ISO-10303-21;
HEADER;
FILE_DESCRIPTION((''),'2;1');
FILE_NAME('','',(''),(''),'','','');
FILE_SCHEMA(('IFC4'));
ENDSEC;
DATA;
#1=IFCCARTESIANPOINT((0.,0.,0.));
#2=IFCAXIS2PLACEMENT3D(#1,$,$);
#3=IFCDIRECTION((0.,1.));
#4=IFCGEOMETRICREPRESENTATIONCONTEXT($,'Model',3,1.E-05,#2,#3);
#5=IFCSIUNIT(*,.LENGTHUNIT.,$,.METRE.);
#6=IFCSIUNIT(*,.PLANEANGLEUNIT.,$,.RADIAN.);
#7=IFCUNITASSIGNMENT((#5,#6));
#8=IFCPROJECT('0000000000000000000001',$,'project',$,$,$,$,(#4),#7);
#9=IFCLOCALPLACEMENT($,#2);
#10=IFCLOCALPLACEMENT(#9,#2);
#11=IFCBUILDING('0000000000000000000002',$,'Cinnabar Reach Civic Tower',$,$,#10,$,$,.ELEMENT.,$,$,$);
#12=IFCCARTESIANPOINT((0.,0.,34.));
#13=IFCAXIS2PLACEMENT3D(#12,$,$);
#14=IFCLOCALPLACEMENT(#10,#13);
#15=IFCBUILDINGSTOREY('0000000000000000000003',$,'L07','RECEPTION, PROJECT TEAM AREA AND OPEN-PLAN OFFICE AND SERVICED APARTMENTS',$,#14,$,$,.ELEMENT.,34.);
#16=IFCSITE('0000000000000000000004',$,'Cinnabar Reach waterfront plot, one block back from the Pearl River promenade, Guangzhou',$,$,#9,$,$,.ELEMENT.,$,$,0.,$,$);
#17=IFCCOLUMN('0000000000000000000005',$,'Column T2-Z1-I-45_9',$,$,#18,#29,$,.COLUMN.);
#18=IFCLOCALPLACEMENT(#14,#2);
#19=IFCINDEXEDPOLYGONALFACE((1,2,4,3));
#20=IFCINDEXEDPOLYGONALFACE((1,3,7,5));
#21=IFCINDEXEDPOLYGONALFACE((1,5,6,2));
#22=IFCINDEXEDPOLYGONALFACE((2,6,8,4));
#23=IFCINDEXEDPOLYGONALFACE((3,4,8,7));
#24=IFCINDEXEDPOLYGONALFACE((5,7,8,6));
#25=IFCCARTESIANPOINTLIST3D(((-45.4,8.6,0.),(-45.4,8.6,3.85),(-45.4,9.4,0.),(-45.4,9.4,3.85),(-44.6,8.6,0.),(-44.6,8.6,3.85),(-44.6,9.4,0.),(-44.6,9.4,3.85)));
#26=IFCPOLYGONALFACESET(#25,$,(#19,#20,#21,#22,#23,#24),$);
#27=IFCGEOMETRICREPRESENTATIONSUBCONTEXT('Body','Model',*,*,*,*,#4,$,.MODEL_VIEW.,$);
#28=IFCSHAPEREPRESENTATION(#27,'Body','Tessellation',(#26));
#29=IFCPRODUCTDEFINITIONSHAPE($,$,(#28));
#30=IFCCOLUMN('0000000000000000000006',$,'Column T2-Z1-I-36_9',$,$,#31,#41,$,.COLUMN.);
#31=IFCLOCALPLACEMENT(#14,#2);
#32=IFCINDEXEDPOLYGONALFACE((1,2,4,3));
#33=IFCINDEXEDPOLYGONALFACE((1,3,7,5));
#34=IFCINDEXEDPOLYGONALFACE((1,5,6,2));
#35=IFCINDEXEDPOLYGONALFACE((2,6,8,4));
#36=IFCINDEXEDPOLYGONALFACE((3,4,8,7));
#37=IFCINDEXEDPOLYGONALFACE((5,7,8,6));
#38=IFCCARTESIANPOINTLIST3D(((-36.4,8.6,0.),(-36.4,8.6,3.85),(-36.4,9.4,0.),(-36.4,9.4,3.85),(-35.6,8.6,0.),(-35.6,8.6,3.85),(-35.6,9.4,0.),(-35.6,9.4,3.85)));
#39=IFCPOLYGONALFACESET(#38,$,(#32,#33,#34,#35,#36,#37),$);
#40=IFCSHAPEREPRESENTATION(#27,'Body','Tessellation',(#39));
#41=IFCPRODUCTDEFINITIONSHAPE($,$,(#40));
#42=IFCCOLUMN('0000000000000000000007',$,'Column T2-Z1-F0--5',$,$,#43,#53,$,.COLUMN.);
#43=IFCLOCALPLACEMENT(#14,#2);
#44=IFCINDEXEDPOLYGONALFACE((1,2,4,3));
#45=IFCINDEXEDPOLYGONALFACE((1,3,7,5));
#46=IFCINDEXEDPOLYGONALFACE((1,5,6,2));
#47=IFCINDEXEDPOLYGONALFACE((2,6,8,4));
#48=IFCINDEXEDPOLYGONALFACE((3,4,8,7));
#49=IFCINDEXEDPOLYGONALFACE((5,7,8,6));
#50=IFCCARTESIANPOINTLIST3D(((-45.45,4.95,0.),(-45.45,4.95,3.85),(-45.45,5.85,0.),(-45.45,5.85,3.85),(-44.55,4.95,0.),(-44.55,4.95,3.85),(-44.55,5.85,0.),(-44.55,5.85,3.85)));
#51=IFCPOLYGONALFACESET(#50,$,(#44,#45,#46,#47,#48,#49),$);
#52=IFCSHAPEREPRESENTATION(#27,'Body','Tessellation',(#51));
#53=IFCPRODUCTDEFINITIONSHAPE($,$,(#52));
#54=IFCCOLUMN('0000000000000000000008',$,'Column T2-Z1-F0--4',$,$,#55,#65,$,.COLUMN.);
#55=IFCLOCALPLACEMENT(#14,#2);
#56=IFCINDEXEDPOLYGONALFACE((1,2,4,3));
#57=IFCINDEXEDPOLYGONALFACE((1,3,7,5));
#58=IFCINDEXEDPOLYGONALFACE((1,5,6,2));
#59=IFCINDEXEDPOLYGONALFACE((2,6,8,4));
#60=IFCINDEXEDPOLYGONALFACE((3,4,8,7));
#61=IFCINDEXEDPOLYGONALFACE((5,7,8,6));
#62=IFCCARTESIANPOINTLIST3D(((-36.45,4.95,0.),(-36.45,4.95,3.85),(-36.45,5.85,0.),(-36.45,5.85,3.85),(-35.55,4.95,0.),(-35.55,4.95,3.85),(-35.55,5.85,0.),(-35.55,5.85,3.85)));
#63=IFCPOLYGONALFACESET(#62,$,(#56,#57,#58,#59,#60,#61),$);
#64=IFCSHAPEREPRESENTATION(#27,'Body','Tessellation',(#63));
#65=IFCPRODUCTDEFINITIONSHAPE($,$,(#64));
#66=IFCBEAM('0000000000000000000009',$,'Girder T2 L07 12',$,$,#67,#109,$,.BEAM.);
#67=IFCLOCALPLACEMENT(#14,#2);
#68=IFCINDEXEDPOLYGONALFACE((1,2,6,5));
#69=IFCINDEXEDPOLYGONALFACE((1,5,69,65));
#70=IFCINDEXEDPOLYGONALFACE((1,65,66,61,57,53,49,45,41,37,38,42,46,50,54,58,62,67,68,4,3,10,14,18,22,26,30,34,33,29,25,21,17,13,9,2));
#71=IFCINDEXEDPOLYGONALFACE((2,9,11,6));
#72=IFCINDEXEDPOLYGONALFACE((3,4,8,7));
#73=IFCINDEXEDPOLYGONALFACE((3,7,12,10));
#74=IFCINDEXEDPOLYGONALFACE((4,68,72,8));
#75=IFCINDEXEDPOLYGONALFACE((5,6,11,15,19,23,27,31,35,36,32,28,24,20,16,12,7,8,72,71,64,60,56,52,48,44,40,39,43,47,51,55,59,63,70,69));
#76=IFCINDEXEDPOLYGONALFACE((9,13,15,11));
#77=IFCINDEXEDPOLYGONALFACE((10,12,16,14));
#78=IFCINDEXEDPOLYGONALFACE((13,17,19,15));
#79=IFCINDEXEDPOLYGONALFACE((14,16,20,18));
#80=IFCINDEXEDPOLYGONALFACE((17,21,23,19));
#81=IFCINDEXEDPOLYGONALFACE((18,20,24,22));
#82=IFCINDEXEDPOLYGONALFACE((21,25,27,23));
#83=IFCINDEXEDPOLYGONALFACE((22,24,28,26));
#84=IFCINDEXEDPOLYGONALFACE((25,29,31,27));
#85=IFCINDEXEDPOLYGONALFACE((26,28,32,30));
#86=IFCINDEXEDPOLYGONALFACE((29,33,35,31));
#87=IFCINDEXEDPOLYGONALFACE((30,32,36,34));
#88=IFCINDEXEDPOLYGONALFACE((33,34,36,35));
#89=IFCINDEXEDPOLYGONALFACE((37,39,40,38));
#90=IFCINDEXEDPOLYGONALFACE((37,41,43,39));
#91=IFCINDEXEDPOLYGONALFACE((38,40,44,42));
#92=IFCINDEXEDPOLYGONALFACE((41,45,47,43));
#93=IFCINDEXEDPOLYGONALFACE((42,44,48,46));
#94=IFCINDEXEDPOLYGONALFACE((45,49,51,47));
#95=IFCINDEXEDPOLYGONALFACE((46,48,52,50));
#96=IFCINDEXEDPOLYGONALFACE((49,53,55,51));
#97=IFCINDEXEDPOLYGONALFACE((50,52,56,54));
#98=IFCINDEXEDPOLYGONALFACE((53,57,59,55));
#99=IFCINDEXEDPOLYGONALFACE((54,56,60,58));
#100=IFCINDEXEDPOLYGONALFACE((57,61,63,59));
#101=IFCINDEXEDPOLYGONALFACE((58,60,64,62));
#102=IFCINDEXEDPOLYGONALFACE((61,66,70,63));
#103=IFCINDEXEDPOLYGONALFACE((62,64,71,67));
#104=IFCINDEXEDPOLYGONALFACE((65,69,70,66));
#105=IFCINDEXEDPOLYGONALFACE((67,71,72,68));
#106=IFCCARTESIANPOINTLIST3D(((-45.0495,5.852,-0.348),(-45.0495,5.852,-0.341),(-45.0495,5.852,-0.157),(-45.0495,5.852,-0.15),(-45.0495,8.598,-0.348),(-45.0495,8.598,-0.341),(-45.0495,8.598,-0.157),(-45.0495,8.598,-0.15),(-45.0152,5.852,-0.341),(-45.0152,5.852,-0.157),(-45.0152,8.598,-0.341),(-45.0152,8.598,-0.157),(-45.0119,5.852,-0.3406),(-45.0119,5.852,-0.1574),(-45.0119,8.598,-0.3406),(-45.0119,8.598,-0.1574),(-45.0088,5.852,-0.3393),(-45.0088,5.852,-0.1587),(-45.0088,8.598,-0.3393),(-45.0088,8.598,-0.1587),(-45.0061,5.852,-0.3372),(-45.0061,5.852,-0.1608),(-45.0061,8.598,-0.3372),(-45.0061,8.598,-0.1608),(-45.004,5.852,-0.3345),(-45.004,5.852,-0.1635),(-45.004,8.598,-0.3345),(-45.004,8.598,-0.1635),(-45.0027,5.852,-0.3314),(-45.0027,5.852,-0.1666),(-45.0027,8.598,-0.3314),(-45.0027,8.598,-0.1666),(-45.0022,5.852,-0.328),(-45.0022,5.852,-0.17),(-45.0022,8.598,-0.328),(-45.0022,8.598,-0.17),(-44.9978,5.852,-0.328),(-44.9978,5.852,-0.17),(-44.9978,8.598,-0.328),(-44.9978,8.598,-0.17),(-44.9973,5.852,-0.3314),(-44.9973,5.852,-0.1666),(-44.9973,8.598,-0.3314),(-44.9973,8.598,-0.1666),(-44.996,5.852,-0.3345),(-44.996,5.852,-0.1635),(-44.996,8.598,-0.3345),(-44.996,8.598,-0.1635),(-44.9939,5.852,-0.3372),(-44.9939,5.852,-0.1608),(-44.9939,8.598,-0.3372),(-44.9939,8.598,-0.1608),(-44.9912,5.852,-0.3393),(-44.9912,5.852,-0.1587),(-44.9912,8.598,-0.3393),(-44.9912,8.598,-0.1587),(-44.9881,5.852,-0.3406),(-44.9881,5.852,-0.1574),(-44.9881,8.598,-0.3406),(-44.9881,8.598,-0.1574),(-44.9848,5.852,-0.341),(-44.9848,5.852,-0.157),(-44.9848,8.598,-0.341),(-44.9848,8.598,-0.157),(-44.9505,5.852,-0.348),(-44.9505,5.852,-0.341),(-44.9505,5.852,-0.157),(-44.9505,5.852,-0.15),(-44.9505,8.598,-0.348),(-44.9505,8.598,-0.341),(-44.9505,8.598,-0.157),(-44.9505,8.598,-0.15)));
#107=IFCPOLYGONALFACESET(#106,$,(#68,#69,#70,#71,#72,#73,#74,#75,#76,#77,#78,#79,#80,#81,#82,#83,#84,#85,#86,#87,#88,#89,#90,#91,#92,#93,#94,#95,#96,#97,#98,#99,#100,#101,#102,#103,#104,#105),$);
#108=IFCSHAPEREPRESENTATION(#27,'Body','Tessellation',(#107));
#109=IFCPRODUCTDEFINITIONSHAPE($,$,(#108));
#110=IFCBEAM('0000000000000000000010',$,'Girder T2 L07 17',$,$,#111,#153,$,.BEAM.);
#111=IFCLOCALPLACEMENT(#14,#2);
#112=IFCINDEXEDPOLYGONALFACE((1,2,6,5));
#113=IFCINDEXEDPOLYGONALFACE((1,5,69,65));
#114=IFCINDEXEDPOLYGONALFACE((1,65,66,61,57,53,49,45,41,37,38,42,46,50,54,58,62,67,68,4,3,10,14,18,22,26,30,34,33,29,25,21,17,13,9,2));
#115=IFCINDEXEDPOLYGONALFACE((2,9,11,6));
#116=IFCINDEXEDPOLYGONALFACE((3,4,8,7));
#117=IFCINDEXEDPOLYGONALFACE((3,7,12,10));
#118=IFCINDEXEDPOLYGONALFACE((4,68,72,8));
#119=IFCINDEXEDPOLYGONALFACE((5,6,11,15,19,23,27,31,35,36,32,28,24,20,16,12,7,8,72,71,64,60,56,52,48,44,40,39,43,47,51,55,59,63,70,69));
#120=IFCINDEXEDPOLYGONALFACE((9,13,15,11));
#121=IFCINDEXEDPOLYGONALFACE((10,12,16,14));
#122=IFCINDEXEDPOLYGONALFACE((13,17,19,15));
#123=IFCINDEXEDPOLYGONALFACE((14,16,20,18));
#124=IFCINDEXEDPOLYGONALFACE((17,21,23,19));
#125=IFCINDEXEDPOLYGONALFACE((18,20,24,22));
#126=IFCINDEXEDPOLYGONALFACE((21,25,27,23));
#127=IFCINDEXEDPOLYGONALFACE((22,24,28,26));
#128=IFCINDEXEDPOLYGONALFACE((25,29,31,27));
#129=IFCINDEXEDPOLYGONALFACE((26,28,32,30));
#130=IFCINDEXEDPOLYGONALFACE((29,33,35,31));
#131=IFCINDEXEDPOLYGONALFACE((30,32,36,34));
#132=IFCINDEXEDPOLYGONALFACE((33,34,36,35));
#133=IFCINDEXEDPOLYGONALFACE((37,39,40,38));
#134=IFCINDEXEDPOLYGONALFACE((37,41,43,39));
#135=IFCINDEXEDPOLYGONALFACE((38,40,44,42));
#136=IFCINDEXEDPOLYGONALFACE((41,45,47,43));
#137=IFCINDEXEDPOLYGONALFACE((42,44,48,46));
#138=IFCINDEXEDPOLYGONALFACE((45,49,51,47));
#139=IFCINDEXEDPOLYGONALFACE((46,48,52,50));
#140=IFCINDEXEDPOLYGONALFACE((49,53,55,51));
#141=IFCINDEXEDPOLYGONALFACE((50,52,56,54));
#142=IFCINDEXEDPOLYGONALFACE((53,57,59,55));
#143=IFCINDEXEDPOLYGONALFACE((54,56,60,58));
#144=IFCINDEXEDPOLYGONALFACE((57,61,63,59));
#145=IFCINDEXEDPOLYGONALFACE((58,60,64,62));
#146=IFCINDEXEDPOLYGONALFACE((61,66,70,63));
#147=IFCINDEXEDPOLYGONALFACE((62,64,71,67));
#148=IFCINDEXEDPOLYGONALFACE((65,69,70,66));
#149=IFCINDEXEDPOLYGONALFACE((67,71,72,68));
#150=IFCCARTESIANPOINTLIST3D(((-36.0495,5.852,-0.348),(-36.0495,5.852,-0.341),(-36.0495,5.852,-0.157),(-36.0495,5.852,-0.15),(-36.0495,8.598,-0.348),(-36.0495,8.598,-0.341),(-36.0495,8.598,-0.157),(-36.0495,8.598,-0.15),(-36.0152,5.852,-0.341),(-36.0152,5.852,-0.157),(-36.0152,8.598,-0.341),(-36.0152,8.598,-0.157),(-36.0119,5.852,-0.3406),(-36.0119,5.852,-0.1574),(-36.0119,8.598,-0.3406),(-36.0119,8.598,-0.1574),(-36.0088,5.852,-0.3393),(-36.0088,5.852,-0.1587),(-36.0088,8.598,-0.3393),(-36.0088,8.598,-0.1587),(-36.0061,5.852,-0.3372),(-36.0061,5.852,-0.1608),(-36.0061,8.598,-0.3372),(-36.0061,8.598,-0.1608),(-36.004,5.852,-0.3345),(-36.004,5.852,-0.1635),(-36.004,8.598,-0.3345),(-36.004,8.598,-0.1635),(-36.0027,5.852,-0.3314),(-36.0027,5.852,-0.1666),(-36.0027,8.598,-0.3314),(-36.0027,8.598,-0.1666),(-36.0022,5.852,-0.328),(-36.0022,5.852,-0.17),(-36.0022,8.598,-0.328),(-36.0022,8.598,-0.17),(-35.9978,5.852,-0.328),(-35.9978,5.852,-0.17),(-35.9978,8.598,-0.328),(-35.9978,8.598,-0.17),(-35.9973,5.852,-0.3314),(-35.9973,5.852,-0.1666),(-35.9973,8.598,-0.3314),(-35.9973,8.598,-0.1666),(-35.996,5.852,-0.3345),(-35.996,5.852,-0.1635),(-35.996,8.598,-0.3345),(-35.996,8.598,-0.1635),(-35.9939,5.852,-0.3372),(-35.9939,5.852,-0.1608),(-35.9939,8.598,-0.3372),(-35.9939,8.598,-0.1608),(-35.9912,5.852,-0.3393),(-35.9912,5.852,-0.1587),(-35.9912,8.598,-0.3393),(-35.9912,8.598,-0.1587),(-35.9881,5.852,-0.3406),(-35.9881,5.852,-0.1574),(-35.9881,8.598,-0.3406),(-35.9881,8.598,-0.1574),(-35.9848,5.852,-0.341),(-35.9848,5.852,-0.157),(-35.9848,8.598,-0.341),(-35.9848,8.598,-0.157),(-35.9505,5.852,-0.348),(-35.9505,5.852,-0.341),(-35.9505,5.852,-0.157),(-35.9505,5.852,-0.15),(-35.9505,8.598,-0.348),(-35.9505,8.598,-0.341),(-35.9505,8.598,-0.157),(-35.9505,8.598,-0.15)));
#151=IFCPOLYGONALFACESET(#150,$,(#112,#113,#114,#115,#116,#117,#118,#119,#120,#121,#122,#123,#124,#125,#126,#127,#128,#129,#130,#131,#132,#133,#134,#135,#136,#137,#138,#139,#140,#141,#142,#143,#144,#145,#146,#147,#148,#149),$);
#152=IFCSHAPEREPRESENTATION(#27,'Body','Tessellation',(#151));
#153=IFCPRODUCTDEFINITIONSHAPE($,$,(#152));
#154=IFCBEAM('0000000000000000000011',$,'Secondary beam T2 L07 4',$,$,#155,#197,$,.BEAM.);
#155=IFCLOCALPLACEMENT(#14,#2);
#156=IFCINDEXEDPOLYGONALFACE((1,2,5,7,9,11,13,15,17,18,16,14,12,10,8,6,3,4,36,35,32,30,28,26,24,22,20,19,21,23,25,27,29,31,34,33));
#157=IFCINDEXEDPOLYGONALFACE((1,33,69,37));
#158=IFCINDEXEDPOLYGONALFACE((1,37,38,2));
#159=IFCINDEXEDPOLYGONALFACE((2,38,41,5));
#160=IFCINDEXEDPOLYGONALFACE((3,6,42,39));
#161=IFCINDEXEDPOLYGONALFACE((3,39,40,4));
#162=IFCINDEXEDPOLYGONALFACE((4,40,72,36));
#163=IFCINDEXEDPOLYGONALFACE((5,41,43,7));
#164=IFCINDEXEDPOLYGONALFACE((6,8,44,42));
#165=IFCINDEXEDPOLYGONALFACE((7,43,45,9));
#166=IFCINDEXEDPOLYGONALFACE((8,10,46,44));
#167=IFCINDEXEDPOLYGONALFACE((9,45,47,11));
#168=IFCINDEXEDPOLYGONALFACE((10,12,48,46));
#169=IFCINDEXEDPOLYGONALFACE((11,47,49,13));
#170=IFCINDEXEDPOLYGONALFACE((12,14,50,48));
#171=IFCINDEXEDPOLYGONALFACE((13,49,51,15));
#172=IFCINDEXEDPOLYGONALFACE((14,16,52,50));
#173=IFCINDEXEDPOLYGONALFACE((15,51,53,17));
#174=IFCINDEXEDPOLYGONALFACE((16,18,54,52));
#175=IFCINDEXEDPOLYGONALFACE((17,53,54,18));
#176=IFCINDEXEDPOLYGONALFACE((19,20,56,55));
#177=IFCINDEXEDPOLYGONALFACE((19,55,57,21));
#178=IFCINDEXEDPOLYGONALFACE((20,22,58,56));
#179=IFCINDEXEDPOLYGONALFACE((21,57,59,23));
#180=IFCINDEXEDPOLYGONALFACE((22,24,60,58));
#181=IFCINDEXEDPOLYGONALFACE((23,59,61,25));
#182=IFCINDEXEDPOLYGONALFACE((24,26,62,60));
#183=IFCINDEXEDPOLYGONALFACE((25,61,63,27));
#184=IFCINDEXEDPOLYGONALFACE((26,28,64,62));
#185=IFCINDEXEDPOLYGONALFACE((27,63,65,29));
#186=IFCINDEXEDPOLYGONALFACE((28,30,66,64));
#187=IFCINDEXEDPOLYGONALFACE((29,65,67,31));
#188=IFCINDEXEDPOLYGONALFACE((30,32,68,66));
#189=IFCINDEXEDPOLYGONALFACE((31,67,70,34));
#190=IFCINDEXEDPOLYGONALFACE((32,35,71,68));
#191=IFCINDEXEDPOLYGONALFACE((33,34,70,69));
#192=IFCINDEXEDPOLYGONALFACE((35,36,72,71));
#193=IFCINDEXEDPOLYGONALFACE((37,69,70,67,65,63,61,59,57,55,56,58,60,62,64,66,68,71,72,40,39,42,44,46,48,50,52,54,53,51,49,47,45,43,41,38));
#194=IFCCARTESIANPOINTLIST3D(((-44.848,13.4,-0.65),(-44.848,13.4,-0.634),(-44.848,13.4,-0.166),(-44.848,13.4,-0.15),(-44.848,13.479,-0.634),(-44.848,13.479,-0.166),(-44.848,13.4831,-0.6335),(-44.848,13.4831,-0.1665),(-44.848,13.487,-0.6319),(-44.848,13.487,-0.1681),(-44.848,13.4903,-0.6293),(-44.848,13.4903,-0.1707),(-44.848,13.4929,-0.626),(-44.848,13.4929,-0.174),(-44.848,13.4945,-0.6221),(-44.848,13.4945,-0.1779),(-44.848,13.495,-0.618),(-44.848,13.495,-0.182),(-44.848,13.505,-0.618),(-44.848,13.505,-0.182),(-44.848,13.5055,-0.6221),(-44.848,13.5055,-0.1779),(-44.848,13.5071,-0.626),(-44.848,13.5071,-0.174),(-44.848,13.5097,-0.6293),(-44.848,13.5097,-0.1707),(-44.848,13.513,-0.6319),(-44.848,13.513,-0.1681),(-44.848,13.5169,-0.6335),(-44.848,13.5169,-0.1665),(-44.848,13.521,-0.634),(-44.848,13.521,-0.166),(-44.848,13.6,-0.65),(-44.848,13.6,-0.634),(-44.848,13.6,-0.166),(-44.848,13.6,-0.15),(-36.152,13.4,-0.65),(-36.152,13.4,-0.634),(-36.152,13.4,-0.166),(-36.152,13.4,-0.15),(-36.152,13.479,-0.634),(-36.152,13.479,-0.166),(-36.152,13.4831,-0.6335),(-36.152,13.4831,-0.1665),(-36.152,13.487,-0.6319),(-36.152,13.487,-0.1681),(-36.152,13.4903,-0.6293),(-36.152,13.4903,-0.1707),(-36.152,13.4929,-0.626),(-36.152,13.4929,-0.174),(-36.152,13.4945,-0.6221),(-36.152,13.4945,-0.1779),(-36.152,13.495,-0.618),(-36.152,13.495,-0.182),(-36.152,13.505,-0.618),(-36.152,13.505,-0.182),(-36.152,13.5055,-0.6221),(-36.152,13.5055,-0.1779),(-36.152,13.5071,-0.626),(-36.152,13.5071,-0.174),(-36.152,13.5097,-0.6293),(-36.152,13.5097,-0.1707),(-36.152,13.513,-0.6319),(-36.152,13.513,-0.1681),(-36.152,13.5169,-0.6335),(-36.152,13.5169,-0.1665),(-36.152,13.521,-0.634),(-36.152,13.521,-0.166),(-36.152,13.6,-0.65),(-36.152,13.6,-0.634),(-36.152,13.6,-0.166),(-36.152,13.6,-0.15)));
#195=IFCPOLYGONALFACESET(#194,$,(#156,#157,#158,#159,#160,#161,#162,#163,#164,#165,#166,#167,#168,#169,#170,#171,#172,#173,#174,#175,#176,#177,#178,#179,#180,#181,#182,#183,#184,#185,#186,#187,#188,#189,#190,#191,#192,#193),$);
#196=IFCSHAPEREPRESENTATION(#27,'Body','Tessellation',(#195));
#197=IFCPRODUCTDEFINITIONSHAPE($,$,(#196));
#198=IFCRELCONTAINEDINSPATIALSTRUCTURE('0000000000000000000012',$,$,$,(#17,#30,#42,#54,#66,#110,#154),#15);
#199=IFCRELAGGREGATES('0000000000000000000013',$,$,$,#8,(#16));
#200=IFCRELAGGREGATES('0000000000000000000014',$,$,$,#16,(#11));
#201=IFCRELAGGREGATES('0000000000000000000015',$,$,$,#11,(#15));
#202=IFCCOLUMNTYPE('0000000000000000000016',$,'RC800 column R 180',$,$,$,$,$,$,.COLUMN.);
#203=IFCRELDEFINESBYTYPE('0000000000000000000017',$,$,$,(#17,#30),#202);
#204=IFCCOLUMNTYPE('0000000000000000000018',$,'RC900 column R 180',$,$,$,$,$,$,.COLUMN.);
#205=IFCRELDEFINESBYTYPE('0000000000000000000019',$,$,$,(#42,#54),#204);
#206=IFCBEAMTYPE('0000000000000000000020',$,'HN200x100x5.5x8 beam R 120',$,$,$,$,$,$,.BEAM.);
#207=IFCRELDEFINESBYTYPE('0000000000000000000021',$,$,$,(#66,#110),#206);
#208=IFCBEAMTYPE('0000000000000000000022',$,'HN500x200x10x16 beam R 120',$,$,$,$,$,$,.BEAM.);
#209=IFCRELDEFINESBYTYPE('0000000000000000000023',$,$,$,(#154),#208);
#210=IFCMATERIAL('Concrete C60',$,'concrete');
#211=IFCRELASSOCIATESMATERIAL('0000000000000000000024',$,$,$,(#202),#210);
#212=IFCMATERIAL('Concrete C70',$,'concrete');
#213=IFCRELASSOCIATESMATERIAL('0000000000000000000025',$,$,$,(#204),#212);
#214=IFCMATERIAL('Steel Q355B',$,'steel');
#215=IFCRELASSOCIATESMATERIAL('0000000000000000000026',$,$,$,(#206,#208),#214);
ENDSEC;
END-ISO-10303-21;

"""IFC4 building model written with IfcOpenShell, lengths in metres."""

from ifc_helpers import new_model, si_unit, direction, frame, origin, origin_2d, place, context, subcontext, project, spatial, rectangle, i_section, extrude, material, material_profile, profile_set, type_object, element, save


model = new_model("IFC4")

# Units and contexts
model_context = context("Model", 3, precision=1e-05, world=origin(), true_north=direction((0.0, 1.0)))
body_context = subcontext(model_context, "Body", "Model", "MODEL_VIEW")
ifc_project = project(units=[si_unit("LENGTHUNIT", "METRE"), si_unit("PLANEANGLEUNIT", "RADIAN")], contexts=[model_context])

# Site, building, storey
site_placement = place(None, origin())
site = spatial("IfcSite", under=ifc_project, at=site_placement, Name="Cinnabar Reach waterfront plot, one block back from the Pearl River promenade, Guangzhou", CompositionType="ELEMENT", RefElevation=0.0)
building_placement = place(site_placement, origin())
building = spatial("IfcBuilding", under=site, at=building_placement, Name="Cinnabar Reach Civic Tower", CompositionType="ELEMENT")
storey_placement = place(building_placement, frame((0.0, 0.0, 34.0)))
storey = spatial("IfcBuildingStorey", under=building, at=storey_placement, Name="L07", Description="RECEPTION, PROJECT TEAM AREA AND OPEN-PLAN OFFICE AND SERVICED APARTMENTS", CompositionType="ELEMENT", Elevation=34.0)

# Columns
ifc_material_1 = material(Name="Concrete C60", Category="concrete")
ifc_material_profile_1 = material_profile(ifc_material_1, rectangle(XDim=0.8, YDim=0.8, at=origin_2d()), Name="RC800")
ifc_profile_set_1 = profile_set([ifc_material_profile_1], Name="Concrete C60")
column_type_1 = type_object("IfcColumnType", Name="RC800 column R 180", PredefinedType="COLUMN", material=ifc_profile_set_1)
for number, where, z_axis, x_axis, name in (
    (1, (-45.0, 9.0, 0.0), (0.0, 0.0, 1.0), (1.0, 0.0, 0.0), "Column T2-Z1-I-45_9"),
    (2, (-36.0, 9.0, 0.0), (0.0, 0.0, 1.0), (1.0, 0.0, 0.0), "Column T2-Z1-I-36_9"),
):
    element("IfcColumn", number, at=place(storey_placement, frame(where, z_axis=z_axis, x_axis=x_axis)), inside=storey, type_object=column_type_1, Name=name, PredefinedType="COLUMN", context=body_context, shape_type="SweptSolid", body=[
        extrude(rectangle(XDim=0.8, YDim=0.8, at=origin_2d()), origin(), (0.0, 0.0, 1.0), 3.85),
    ])
ifc_material_2 = material(Name="Concrete C70", Category="concrete")
ifc_material_profile_2 = material_profile(ifc_material_2, rectangle(XDim=0.9, YDim=0.9, at=origin_2d()), Name="RC900")
ifc_profile_set_2 = profile_set([ifc_material_profile_2], Name="Concrete C70")
column_type_2 = type_object("IfcColumnType", Name="RC900 column R 180", PredefinedType="COLUMN", material=ifc_profile_set_2)
for number, where, z_axis, x_axis, name in (
    (3, (-45.0, 5.4, 0.0), (0.0, 0.0, 1.0), (1.0, 0.0, 0.0), "Column T2-Z1-F0--5"),
    (4, (-36.0, 5.4, 0.0), (0.0, 0.0, 1.0), (1.0, 0.0, 0.0), "Column T2-Z1-F0--4"),
):
    element("IfcColumn", number, at=place(storey_placement, frame(where, z_axis=z_axis, x_axis=x_axis)), inside=storey, type_object=column_type_2, Name=name, PredefinedType="COLUMN", context=body_context, shape_type="SweptSolid", body=[
        extrude(rectangle(XDim=0.9, YDim=0.9, at=origin_2d()), origin(), (0.0, 0.0, 1.0), 3.85),
    ])

# Beams
ifc_material_3 = material(Name="Steel Q355B", Category="steel")
ifc_material_profile_3 = material_profile(ifc_material_3, i_section(OverallWidth=0.099, OverallDepth=0.198, WebThickness=0.0045, FlangeThickness=0.007, FilletRadius=0.013, at=origin_2d()), Name="HN200x100x5.5x8")
ifc_profile_set_3 = profile_set([ifc_material_profile_3], Name="Steel Q355B")
beam_type_1 = type_object("IfcBeamType", Name="HN200x100x5.5x8 beam R 120", PredefinedType="BEAM", material=ifc_profile_set_3)
for number, where, z_axis, x_axis, name in (
    (5, (-45.0, 5.852, -0.249), (0.0, 1.0, 0.0), (-1.0, 0.0, 0.0), "Girder T2 L07 12"),
    (6, (-36.0, 5.852, -0.249), (0.0, 1.0, 0.0), (-1.0, 0.0, 0.0), "Girder T2 L07 17"),
):
    element("IfcBeam", number, at=place(storey_placement, frame(where, z_axis=z_axis, x_axis=x_axis)), inside=storey, type_object=beam_type_1, Name=name, PredefinedType="BEAM", context=body_context, shape_type="SweptSolid", body=[
        extrude(i_section(OverallWidth=0.099, OverallDepth=0.198, WebThickness=0.0045, FlangeThickness=0.007, FilletRadius=0.013, at=origin_2d()), origin(), (0.0, 0.0, 1.0), 2.746),
    ])
ifc_material_profile_4 = material_profile(ifc_material_3, i_section(OverallWidth=0.2, OverallDepth=0.5, WebThickness=0.01, FlangeThickness=0.016, FilletRadius=0.016, at=origin_2d()), Name="HN500x200x10x16")
ifc_profile_set_4 = profile_set([ifc_material_profile_4], Name="Steel Q355B")
beam_type_2 = type_object("IfcBeamType", Name="HN500x200x10x16 beam R 120", PredefinedType="BEAM", material=ifc_profile_set_4)
beam_1_placement = place(storey_placement, frame((-44.848, 13.5, -0.4), z_axis=(1.0, 0.0, 0.0), x_axis=(0.0, 1.0, 0.0)))
element("IfcBeam", 7, at=beam_1_placement, inside=storey, type_object=beam_type_2, Name="Secondary beam T2 L07 4", PredefinedType="BEAM", context=body_context, shape_type="SweptSolid", body=[
    extrude(i_section(OverallWidth=0.2, OverallDepth=0.5, WebThickness=0.01, FlangeThickness=0.016, FilletRadius=0.016, at=origin_2d()), origin(), (0.0, 0.0, 1.0), 8.696),
])

save(model, "model.ifc")
